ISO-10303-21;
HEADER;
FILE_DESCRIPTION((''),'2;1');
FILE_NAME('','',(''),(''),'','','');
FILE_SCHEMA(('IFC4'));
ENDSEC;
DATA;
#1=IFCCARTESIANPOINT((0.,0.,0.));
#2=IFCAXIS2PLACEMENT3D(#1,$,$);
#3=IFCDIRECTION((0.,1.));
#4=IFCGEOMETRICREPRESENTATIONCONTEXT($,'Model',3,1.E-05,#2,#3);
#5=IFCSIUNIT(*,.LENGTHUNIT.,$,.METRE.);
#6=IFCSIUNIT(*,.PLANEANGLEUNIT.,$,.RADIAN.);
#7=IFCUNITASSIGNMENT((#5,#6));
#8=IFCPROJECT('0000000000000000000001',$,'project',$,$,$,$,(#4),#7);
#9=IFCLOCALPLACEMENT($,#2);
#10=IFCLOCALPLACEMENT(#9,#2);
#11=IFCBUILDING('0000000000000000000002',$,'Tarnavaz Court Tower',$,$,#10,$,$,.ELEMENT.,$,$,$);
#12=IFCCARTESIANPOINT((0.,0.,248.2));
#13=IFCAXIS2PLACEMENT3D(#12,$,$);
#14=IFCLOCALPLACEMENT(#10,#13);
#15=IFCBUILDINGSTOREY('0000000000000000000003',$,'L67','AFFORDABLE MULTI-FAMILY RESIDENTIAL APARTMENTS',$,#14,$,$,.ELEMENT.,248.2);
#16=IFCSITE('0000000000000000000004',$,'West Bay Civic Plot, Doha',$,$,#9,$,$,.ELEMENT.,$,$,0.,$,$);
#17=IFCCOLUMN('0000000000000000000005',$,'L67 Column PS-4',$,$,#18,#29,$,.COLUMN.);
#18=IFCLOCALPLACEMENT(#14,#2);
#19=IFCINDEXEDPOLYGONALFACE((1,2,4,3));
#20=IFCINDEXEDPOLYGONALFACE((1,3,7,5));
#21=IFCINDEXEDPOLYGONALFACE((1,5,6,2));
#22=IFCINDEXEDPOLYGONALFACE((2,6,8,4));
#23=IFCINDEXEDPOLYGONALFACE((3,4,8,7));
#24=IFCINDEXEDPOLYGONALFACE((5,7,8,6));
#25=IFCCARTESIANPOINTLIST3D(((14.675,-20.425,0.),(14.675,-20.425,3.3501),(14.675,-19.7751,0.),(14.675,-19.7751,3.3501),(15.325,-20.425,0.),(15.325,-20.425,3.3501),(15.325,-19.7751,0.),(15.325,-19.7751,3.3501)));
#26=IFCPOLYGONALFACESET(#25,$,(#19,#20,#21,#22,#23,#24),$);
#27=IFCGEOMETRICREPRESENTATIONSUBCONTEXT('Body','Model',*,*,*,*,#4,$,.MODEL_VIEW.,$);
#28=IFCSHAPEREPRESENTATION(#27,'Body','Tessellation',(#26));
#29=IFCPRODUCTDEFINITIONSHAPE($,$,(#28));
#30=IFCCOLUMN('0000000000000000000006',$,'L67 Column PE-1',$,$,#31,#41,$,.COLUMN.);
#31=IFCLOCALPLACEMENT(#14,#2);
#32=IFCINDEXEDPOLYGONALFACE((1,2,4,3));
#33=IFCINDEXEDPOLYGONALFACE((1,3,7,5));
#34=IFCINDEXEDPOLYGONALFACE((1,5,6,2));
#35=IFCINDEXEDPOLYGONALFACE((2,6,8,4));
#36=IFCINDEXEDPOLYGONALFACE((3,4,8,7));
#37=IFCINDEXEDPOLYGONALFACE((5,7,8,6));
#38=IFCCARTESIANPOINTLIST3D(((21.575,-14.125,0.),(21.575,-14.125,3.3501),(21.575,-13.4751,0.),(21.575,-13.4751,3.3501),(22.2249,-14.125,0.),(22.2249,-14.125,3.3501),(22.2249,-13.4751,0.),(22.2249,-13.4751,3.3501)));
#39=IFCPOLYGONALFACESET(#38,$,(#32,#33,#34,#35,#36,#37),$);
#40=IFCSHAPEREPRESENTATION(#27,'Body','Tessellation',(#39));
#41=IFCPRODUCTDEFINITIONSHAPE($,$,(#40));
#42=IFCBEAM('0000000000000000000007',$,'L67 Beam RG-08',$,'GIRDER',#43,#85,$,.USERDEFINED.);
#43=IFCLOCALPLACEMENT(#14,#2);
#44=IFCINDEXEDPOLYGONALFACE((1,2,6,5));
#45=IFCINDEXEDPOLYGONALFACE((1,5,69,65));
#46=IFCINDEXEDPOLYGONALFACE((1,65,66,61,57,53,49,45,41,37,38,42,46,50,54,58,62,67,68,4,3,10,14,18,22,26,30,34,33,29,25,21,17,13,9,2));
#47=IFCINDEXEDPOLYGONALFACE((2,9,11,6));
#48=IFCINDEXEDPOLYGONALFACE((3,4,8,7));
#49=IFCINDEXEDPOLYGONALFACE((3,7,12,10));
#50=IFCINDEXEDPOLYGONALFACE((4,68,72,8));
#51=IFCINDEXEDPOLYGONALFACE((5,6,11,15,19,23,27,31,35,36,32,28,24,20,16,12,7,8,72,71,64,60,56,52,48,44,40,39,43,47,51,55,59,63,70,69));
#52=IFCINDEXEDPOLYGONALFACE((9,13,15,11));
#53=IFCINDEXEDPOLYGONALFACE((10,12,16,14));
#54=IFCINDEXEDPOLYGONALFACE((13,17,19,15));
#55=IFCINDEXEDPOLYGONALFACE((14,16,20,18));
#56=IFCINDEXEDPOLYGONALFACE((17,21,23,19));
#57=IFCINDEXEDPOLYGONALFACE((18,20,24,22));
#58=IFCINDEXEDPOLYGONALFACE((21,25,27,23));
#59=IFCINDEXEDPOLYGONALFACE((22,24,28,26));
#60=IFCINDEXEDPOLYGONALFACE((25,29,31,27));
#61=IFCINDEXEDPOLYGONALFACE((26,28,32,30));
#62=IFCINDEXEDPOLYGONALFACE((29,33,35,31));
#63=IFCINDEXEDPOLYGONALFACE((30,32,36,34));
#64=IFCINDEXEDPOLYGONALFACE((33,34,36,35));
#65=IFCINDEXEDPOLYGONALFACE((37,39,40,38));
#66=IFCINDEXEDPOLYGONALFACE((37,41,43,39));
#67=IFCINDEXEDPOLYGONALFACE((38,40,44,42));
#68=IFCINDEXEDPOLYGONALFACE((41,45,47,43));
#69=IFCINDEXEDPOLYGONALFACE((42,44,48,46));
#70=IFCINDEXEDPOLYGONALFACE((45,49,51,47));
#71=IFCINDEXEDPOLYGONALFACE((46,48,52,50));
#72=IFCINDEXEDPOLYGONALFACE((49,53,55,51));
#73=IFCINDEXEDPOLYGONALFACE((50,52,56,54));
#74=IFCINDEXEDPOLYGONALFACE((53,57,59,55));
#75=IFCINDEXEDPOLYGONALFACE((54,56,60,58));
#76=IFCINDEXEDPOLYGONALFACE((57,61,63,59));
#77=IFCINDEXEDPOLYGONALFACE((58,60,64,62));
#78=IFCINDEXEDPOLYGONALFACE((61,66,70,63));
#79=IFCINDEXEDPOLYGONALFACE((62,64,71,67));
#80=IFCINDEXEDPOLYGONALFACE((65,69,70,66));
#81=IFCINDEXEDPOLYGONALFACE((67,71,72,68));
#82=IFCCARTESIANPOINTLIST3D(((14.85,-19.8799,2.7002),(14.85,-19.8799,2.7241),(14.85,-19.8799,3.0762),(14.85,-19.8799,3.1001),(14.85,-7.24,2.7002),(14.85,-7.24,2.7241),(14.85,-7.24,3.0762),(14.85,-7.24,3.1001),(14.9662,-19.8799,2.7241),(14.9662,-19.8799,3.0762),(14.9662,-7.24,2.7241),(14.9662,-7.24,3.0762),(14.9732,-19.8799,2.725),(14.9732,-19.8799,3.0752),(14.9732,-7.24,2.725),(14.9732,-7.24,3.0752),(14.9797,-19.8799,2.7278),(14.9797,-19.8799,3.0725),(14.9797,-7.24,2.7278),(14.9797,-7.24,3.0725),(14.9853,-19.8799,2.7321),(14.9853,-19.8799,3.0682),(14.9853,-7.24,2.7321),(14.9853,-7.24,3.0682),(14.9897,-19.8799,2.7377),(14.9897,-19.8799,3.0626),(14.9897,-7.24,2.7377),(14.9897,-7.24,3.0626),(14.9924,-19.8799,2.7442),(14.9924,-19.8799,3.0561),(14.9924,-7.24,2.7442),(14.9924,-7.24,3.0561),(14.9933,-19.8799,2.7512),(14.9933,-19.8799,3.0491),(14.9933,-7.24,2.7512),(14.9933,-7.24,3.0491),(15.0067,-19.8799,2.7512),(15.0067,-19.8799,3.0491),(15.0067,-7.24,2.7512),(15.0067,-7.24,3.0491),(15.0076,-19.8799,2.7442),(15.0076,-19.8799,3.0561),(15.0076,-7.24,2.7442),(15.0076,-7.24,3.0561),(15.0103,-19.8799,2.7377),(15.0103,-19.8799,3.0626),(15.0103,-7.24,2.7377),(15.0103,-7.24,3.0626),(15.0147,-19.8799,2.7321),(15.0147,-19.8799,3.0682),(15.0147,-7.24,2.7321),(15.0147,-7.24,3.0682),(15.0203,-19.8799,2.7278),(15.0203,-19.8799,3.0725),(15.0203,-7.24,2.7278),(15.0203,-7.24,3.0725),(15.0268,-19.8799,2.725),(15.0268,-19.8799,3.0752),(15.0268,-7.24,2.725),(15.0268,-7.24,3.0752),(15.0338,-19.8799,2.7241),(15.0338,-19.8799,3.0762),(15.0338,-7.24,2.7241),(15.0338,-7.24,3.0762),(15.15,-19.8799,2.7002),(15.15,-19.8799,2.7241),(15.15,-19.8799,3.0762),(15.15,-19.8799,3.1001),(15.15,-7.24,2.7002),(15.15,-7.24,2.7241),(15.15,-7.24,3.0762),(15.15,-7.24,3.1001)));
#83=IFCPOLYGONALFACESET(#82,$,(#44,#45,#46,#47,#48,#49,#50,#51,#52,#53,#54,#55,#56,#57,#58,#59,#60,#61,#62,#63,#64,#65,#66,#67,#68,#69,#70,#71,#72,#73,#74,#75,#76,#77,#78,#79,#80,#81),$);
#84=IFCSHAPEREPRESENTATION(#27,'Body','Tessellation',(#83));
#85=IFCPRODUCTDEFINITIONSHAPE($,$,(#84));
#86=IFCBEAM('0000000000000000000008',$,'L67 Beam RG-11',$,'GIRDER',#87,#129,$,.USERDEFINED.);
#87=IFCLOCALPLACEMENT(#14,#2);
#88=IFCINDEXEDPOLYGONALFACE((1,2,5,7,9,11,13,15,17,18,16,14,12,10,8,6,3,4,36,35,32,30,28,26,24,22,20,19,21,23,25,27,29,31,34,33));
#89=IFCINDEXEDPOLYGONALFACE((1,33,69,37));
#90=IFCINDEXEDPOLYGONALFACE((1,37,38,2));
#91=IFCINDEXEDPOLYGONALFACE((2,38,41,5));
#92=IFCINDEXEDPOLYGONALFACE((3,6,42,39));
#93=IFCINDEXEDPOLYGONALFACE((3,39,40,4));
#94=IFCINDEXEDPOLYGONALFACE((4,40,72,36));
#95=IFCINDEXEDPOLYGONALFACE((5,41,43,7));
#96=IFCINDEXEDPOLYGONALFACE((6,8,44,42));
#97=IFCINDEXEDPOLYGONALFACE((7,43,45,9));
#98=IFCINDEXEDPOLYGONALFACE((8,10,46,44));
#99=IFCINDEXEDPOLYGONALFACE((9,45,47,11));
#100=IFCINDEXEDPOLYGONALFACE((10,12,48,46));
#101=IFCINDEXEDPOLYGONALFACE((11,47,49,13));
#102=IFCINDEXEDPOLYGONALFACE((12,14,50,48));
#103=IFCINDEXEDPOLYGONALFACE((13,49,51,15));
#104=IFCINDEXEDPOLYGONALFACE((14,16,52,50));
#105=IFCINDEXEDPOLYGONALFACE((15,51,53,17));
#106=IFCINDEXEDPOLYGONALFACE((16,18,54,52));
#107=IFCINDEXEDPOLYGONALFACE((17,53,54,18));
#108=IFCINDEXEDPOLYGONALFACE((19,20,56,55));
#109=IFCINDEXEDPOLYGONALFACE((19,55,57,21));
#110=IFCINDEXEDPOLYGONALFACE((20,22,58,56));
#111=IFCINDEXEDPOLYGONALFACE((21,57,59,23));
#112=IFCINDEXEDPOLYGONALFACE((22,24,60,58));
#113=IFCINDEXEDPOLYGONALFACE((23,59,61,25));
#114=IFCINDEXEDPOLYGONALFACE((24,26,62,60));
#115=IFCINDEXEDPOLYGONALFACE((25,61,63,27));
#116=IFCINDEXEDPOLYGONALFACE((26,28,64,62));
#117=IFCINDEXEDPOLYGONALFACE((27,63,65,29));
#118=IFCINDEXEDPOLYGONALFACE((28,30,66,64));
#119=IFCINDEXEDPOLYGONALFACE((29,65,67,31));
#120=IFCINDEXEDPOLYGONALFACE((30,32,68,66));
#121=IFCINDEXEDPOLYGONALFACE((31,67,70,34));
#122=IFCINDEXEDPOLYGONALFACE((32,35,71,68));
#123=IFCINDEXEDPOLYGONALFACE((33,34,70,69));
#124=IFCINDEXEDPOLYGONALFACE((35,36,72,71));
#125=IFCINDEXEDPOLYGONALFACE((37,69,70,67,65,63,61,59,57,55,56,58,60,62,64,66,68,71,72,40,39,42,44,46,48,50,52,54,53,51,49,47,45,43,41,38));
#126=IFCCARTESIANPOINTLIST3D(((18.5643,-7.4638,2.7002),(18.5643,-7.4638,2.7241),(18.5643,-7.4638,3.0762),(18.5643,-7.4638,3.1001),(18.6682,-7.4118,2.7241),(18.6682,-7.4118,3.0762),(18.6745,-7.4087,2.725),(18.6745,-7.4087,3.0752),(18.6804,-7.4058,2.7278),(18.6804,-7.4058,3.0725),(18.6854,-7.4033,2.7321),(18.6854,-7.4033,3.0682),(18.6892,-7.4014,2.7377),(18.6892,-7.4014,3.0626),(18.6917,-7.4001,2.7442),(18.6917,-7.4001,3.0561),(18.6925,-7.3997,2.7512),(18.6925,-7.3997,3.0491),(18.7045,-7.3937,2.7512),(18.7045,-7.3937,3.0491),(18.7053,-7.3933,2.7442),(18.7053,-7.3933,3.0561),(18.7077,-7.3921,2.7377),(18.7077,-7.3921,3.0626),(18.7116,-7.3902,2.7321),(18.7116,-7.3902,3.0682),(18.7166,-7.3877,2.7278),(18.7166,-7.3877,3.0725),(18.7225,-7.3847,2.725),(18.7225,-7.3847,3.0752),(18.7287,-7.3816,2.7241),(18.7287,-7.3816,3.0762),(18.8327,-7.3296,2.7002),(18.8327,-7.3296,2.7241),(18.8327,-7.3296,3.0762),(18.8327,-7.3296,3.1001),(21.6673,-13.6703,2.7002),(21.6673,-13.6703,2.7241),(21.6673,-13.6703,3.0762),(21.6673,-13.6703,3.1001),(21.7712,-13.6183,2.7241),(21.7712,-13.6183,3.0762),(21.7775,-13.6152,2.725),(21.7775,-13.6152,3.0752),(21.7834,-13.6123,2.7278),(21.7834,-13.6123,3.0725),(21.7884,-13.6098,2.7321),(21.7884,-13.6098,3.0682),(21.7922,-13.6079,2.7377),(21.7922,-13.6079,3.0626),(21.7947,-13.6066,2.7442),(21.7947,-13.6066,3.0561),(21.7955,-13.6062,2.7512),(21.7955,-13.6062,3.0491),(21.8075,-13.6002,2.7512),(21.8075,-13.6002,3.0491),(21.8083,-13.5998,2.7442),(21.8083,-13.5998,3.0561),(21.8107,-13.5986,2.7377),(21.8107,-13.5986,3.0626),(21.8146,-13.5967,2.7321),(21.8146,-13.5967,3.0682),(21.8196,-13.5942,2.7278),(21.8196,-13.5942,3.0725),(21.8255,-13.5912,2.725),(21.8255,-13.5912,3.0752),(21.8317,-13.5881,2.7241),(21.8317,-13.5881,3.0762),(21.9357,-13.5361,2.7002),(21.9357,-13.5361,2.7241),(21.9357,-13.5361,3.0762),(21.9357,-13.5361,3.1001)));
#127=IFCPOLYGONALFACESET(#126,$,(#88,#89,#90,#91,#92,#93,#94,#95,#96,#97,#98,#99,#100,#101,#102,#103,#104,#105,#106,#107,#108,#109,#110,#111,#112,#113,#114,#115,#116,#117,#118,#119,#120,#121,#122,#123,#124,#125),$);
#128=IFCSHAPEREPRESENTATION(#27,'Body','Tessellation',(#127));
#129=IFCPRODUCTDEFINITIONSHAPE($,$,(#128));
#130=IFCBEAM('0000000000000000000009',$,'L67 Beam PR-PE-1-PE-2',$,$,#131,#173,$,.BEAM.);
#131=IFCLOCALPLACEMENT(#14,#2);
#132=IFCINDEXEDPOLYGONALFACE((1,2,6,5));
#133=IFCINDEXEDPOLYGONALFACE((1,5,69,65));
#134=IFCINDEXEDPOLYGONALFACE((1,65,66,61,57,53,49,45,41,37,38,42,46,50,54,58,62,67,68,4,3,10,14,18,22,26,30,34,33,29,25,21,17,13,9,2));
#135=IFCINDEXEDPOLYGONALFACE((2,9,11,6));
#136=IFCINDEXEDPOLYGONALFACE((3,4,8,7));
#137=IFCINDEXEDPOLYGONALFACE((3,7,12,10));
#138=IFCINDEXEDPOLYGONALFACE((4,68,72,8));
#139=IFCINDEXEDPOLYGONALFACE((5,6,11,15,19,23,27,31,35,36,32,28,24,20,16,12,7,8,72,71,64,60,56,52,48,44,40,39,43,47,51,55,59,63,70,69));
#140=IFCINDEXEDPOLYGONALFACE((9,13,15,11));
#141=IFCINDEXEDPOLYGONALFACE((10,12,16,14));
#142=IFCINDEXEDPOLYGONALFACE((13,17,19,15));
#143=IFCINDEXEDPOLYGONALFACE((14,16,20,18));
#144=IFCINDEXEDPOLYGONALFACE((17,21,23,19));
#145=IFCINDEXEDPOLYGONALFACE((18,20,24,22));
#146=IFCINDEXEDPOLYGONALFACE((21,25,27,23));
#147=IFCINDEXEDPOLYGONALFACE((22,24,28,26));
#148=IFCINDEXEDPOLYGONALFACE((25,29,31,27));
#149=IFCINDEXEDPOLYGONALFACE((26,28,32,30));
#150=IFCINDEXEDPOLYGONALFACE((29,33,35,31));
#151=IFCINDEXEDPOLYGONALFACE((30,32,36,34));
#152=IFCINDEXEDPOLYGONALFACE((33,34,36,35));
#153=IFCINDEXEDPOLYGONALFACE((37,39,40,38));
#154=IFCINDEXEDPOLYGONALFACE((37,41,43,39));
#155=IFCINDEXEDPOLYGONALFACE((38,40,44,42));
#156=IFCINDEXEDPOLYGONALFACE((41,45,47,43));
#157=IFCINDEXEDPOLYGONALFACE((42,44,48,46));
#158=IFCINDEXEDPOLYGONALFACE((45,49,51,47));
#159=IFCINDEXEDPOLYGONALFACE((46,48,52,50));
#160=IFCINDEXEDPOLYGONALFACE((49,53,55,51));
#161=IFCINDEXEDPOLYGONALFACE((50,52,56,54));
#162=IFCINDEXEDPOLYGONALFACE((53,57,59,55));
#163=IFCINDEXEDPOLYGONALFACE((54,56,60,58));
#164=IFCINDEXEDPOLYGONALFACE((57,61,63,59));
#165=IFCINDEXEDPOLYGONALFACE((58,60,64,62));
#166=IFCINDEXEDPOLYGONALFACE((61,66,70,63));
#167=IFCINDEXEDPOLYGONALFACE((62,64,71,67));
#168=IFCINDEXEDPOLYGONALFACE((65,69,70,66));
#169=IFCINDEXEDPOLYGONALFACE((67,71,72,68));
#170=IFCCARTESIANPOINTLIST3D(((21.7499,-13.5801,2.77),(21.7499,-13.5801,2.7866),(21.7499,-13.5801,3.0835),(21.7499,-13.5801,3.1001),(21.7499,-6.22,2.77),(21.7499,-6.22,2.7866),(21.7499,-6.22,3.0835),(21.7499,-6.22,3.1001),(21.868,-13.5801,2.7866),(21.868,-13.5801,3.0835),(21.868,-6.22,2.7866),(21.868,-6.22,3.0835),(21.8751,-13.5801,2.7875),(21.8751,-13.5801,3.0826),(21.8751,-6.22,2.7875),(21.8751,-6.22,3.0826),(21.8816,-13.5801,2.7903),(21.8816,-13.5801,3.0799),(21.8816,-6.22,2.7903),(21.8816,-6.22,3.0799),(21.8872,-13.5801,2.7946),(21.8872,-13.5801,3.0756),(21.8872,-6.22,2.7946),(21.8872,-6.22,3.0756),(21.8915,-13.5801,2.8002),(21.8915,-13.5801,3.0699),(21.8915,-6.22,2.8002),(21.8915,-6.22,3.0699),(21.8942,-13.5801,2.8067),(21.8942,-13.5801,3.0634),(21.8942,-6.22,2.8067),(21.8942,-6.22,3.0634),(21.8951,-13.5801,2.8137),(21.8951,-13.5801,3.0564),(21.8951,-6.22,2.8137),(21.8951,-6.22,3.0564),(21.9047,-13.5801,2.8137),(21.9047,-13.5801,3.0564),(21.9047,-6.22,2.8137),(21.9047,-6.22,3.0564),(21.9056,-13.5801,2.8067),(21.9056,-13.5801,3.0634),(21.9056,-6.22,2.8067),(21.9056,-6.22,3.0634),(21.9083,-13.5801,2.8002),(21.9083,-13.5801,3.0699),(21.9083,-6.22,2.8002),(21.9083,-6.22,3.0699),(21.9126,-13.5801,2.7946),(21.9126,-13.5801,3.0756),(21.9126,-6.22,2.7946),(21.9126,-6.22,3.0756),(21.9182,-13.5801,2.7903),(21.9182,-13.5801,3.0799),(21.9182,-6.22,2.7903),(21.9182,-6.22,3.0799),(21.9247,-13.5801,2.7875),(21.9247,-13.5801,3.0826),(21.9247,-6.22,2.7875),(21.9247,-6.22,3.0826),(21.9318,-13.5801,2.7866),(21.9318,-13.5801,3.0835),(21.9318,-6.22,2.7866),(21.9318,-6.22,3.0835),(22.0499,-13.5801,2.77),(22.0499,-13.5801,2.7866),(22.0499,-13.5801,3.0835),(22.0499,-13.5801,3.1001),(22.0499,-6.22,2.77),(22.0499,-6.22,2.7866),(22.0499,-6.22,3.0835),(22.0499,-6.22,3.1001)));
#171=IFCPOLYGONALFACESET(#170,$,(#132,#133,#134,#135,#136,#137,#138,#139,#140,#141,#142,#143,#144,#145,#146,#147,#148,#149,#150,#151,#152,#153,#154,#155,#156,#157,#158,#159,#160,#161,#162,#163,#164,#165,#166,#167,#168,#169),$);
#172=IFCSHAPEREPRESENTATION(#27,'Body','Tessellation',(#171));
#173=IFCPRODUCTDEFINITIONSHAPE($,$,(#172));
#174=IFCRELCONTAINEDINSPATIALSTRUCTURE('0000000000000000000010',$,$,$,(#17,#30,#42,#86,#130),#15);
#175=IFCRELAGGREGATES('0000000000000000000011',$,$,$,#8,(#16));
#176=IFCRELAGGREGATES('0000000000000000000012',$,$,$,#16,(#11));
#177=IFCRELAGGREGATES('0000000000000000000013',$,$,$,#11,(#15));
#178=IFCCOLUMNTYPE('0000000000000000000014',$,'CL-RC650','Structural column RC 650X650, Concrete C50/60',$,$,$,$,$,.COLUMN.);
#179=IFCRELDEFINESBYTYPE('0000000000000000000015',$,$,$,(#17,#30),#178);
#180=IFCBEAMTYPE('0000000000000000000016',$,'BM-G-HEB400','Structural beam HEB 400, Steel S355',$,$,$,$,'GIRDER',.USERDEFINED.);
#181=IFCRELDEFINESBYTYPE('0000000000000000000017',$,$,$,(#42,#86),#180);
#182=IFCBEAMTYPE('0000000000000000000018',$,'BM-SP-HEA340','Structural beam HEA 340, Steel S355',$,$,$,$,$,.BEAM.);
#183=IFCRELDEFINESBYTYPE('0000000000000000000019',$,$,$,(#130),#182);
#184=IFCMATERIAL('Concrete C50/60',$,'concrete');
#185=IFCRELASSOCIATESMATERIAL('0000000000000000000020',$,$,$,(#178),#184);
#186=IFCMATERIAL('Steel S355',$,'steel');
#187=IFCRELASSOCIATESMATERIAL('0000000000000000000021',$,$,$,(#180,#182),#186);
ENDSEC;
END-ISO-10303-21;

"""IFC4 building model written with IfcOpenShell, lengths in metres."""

from ifc_helpers import new_model, si_unit, direction, frame, origin, origin_2d, place, context, subcontext, project, spatial, rectangle, i_section, extrude, material, material_profile, profile_set, type_object, element, save


model = new_model("IFC4")

# Units and contexts
model_context = context("Model", 3, precision=1e-05, world=origin(), true_north=direction((0.0, 1.0)))
body_context = subcontext(model_context, "Body", "Model", "MODEL_VIEW")
ifc_project = project(units=[si_unit("LENGTHUNIT", "METRE"), si_unit("PLANEANGLEUNIT", "RADIAN")], contexts=[model_context])

# Site, building, storey
site_placement = place(None, origin())
site = spatial("IfcSite", under=ifc_project, at=site_placement, Name="West Bay Civic Plot, Doha", CompositionType="ELEMENT", RefElevation=0.0)
building_placement = place(site_placement, origin())
building = spatial("IfcBuilding", under=site, at=building_placement, Name="Tarnavaz Court Tower", CompositionType="ELEMENT")
storey_placement = place(building_placement, frame((0.0, 0.0, 248.2)))
storey = spatial("IfcBuildingStorey", under=building, at=storey_placement, Name="L67", Description="AFFORDABLE MULTI-FAMILY RESIDENTIAL APARTMENTS", CompositionType="ELEMENT", Elevation=248.2)

# Columns
ifc_material_1 = material(Name="Concrete C50/60", Category="concrete")
ifc_material_profile_1 = material_profile(ifc_material_1, rectangle(XDim=0.6499, YDim=0.6499, at=origin_2d()), Name="RC 650X650")
ifc_profile_set_1 = profile_set([ifc_material_profile_1], Name="Concrete C50/60")
column_type = type_object("IfcColumnType", Name="CL-RC650", Description="Structural column RC 650X650, Concrete C50/60", PredefinedType="COLUMN", material=ifc_profile_set_1)
for number, where, z_axis, x_axis, name in (
    (1, (15.0, -20.1001, 0.0), (0.0, 0.0, 1.0), (1.0, 0.0, 0.0), "L67 Column PS-4"),
    (2, (21.8999, -13.8, 0.0), (0.0, 0.0, 1.0), (1.0, 0.0, 0.0), "L67 Column PE-1"),
):
    element("IfcColumn", number, at=place(storey_placement, frame(where, z_axis=z_axis, x_axis=x_axis)), inside=storey, type_object=column_type, Name=name, PredefinedType="COLUMN", context=body_context, shape_type="SweptSolid", body=[
        extrude(rectangle(XDim=0.6499, YDim=0.6499, at=origin_2d()), origin(), (0.0, 0.0, 1.0), 3.3501),
    ])

# Beams
ifc_material_2 = material(Name="Steel S355", Category="steel")
ifc_material_profile_2 = material_profile(ifc_material_2, i_section(OverallWidth=0.3, OverallDepth=0.3999, WebThickness=0.0134, FlangeThickness=0.0239, FilletRadius=0.0271, at=origin_2d()), Name="HEB 400")
ifc_profile_set_2 = profile_set([ifc_material_profile_2], Name="Steel S355")
beam_type_1 = type_object("IfcBeamType", Name="BM-G-HEB400", Description="Structural beam HEB 400, Steel S355", ElementType="GIRDER", PredefinedType="USERDEFINED", material=ifc_profile_set_2)
beam_1_placement = place(storey_placement, frame((15.0, -7.24, 2.9001), z_axis=(0.0, -1.0, 0.0), x_axis=(1.0, 0.0, 0.0)))
element("IfcBeam", 3, at=beam_1_placement, inside=storey, type_object=beam_type_1, Name="L67 Beam RG-08", ObjectType="GIRDER", PredefinedType="USERDEFINED", context=body_context, shape_type="SweptSolid", body=[
    extrude(i_section(OverallWidth=0.3, OverallDepth=0.3999, WebThickness=0.0134, FlangeThickness=0.0239, FilletRadius=0.0271, at=origin_2d()), origin(), (0.0, 0.0, 1.0), 12.6399),
])
beam_2_placement = place(storey_placement, frame((18.6985, -7.3967, 2.9001), z_axis=(0.447185, -0.894441, 0.0), x_axis=(0.894441, 0.447185, 0.0)))
element("IfcBeam", 4, at=beam_2_placement, inside=storey, type_object=beam_type_1, Name="L67 Beam RG-11", ObjectType="GIRDER", PredefinedType="USERDEFINED", context=body_context, shape_type="SweptSolid", body=[
    extrude(i_section(OverallWidth=0.3, OverallDepth=0.3999, WebThickness=0.0134, FlangeThickness=0.0239, FilletRadius=0.0271, at=origin_2d()), origin(), (0.0, 0.0, 1.0), 6.939),
])
ifc_material_profile_3 = material_profile(ifc_material_2, i_section(OverallWidth=0.3, OverallDepth=0.3301, WebThickness=0.0095, FlangeThickness=0.0166, FilletRadius=0.0271, at=origin_2d()), Name="HEA 340")
ifc_profile_set_3 = profile_set([ifc_material_profile_3], Name="Steel S355")
beam_type_2 = type_object("IfcBeamType", Name="BM-SP-HEA340", Description="Structural beam HEA 340, Steel S355", PredefinedType="BEAM", material=ifc_profile_set_3)
beam_3_placement = place(storey_placement, frame((21.8999, -13.5801, 2.9351), z_axis=(0.0, 1.0, 0.0), x_axis=(-1.0, 0.0, 0.0)))
element("IfcBeam", 5, at=beam_3_placement, inside=storey, type_object=beam_type_2, Name="L67 Beam PR-PE-1-PE-2", PredefinedType="BEAM", context=body_context, shape_type="SweptSolid", body=[
    extrude(i_section(OverallWidth=0.3, OverallDepth=0.3301, WebThickness=0.0095, FlangeThickness=0.0166, FilletRadius=0.0271, at=origin_2d()), origin(), (0.0, 0.0, 1.0), 7.3601),
])

save(model, "model.ifc")
